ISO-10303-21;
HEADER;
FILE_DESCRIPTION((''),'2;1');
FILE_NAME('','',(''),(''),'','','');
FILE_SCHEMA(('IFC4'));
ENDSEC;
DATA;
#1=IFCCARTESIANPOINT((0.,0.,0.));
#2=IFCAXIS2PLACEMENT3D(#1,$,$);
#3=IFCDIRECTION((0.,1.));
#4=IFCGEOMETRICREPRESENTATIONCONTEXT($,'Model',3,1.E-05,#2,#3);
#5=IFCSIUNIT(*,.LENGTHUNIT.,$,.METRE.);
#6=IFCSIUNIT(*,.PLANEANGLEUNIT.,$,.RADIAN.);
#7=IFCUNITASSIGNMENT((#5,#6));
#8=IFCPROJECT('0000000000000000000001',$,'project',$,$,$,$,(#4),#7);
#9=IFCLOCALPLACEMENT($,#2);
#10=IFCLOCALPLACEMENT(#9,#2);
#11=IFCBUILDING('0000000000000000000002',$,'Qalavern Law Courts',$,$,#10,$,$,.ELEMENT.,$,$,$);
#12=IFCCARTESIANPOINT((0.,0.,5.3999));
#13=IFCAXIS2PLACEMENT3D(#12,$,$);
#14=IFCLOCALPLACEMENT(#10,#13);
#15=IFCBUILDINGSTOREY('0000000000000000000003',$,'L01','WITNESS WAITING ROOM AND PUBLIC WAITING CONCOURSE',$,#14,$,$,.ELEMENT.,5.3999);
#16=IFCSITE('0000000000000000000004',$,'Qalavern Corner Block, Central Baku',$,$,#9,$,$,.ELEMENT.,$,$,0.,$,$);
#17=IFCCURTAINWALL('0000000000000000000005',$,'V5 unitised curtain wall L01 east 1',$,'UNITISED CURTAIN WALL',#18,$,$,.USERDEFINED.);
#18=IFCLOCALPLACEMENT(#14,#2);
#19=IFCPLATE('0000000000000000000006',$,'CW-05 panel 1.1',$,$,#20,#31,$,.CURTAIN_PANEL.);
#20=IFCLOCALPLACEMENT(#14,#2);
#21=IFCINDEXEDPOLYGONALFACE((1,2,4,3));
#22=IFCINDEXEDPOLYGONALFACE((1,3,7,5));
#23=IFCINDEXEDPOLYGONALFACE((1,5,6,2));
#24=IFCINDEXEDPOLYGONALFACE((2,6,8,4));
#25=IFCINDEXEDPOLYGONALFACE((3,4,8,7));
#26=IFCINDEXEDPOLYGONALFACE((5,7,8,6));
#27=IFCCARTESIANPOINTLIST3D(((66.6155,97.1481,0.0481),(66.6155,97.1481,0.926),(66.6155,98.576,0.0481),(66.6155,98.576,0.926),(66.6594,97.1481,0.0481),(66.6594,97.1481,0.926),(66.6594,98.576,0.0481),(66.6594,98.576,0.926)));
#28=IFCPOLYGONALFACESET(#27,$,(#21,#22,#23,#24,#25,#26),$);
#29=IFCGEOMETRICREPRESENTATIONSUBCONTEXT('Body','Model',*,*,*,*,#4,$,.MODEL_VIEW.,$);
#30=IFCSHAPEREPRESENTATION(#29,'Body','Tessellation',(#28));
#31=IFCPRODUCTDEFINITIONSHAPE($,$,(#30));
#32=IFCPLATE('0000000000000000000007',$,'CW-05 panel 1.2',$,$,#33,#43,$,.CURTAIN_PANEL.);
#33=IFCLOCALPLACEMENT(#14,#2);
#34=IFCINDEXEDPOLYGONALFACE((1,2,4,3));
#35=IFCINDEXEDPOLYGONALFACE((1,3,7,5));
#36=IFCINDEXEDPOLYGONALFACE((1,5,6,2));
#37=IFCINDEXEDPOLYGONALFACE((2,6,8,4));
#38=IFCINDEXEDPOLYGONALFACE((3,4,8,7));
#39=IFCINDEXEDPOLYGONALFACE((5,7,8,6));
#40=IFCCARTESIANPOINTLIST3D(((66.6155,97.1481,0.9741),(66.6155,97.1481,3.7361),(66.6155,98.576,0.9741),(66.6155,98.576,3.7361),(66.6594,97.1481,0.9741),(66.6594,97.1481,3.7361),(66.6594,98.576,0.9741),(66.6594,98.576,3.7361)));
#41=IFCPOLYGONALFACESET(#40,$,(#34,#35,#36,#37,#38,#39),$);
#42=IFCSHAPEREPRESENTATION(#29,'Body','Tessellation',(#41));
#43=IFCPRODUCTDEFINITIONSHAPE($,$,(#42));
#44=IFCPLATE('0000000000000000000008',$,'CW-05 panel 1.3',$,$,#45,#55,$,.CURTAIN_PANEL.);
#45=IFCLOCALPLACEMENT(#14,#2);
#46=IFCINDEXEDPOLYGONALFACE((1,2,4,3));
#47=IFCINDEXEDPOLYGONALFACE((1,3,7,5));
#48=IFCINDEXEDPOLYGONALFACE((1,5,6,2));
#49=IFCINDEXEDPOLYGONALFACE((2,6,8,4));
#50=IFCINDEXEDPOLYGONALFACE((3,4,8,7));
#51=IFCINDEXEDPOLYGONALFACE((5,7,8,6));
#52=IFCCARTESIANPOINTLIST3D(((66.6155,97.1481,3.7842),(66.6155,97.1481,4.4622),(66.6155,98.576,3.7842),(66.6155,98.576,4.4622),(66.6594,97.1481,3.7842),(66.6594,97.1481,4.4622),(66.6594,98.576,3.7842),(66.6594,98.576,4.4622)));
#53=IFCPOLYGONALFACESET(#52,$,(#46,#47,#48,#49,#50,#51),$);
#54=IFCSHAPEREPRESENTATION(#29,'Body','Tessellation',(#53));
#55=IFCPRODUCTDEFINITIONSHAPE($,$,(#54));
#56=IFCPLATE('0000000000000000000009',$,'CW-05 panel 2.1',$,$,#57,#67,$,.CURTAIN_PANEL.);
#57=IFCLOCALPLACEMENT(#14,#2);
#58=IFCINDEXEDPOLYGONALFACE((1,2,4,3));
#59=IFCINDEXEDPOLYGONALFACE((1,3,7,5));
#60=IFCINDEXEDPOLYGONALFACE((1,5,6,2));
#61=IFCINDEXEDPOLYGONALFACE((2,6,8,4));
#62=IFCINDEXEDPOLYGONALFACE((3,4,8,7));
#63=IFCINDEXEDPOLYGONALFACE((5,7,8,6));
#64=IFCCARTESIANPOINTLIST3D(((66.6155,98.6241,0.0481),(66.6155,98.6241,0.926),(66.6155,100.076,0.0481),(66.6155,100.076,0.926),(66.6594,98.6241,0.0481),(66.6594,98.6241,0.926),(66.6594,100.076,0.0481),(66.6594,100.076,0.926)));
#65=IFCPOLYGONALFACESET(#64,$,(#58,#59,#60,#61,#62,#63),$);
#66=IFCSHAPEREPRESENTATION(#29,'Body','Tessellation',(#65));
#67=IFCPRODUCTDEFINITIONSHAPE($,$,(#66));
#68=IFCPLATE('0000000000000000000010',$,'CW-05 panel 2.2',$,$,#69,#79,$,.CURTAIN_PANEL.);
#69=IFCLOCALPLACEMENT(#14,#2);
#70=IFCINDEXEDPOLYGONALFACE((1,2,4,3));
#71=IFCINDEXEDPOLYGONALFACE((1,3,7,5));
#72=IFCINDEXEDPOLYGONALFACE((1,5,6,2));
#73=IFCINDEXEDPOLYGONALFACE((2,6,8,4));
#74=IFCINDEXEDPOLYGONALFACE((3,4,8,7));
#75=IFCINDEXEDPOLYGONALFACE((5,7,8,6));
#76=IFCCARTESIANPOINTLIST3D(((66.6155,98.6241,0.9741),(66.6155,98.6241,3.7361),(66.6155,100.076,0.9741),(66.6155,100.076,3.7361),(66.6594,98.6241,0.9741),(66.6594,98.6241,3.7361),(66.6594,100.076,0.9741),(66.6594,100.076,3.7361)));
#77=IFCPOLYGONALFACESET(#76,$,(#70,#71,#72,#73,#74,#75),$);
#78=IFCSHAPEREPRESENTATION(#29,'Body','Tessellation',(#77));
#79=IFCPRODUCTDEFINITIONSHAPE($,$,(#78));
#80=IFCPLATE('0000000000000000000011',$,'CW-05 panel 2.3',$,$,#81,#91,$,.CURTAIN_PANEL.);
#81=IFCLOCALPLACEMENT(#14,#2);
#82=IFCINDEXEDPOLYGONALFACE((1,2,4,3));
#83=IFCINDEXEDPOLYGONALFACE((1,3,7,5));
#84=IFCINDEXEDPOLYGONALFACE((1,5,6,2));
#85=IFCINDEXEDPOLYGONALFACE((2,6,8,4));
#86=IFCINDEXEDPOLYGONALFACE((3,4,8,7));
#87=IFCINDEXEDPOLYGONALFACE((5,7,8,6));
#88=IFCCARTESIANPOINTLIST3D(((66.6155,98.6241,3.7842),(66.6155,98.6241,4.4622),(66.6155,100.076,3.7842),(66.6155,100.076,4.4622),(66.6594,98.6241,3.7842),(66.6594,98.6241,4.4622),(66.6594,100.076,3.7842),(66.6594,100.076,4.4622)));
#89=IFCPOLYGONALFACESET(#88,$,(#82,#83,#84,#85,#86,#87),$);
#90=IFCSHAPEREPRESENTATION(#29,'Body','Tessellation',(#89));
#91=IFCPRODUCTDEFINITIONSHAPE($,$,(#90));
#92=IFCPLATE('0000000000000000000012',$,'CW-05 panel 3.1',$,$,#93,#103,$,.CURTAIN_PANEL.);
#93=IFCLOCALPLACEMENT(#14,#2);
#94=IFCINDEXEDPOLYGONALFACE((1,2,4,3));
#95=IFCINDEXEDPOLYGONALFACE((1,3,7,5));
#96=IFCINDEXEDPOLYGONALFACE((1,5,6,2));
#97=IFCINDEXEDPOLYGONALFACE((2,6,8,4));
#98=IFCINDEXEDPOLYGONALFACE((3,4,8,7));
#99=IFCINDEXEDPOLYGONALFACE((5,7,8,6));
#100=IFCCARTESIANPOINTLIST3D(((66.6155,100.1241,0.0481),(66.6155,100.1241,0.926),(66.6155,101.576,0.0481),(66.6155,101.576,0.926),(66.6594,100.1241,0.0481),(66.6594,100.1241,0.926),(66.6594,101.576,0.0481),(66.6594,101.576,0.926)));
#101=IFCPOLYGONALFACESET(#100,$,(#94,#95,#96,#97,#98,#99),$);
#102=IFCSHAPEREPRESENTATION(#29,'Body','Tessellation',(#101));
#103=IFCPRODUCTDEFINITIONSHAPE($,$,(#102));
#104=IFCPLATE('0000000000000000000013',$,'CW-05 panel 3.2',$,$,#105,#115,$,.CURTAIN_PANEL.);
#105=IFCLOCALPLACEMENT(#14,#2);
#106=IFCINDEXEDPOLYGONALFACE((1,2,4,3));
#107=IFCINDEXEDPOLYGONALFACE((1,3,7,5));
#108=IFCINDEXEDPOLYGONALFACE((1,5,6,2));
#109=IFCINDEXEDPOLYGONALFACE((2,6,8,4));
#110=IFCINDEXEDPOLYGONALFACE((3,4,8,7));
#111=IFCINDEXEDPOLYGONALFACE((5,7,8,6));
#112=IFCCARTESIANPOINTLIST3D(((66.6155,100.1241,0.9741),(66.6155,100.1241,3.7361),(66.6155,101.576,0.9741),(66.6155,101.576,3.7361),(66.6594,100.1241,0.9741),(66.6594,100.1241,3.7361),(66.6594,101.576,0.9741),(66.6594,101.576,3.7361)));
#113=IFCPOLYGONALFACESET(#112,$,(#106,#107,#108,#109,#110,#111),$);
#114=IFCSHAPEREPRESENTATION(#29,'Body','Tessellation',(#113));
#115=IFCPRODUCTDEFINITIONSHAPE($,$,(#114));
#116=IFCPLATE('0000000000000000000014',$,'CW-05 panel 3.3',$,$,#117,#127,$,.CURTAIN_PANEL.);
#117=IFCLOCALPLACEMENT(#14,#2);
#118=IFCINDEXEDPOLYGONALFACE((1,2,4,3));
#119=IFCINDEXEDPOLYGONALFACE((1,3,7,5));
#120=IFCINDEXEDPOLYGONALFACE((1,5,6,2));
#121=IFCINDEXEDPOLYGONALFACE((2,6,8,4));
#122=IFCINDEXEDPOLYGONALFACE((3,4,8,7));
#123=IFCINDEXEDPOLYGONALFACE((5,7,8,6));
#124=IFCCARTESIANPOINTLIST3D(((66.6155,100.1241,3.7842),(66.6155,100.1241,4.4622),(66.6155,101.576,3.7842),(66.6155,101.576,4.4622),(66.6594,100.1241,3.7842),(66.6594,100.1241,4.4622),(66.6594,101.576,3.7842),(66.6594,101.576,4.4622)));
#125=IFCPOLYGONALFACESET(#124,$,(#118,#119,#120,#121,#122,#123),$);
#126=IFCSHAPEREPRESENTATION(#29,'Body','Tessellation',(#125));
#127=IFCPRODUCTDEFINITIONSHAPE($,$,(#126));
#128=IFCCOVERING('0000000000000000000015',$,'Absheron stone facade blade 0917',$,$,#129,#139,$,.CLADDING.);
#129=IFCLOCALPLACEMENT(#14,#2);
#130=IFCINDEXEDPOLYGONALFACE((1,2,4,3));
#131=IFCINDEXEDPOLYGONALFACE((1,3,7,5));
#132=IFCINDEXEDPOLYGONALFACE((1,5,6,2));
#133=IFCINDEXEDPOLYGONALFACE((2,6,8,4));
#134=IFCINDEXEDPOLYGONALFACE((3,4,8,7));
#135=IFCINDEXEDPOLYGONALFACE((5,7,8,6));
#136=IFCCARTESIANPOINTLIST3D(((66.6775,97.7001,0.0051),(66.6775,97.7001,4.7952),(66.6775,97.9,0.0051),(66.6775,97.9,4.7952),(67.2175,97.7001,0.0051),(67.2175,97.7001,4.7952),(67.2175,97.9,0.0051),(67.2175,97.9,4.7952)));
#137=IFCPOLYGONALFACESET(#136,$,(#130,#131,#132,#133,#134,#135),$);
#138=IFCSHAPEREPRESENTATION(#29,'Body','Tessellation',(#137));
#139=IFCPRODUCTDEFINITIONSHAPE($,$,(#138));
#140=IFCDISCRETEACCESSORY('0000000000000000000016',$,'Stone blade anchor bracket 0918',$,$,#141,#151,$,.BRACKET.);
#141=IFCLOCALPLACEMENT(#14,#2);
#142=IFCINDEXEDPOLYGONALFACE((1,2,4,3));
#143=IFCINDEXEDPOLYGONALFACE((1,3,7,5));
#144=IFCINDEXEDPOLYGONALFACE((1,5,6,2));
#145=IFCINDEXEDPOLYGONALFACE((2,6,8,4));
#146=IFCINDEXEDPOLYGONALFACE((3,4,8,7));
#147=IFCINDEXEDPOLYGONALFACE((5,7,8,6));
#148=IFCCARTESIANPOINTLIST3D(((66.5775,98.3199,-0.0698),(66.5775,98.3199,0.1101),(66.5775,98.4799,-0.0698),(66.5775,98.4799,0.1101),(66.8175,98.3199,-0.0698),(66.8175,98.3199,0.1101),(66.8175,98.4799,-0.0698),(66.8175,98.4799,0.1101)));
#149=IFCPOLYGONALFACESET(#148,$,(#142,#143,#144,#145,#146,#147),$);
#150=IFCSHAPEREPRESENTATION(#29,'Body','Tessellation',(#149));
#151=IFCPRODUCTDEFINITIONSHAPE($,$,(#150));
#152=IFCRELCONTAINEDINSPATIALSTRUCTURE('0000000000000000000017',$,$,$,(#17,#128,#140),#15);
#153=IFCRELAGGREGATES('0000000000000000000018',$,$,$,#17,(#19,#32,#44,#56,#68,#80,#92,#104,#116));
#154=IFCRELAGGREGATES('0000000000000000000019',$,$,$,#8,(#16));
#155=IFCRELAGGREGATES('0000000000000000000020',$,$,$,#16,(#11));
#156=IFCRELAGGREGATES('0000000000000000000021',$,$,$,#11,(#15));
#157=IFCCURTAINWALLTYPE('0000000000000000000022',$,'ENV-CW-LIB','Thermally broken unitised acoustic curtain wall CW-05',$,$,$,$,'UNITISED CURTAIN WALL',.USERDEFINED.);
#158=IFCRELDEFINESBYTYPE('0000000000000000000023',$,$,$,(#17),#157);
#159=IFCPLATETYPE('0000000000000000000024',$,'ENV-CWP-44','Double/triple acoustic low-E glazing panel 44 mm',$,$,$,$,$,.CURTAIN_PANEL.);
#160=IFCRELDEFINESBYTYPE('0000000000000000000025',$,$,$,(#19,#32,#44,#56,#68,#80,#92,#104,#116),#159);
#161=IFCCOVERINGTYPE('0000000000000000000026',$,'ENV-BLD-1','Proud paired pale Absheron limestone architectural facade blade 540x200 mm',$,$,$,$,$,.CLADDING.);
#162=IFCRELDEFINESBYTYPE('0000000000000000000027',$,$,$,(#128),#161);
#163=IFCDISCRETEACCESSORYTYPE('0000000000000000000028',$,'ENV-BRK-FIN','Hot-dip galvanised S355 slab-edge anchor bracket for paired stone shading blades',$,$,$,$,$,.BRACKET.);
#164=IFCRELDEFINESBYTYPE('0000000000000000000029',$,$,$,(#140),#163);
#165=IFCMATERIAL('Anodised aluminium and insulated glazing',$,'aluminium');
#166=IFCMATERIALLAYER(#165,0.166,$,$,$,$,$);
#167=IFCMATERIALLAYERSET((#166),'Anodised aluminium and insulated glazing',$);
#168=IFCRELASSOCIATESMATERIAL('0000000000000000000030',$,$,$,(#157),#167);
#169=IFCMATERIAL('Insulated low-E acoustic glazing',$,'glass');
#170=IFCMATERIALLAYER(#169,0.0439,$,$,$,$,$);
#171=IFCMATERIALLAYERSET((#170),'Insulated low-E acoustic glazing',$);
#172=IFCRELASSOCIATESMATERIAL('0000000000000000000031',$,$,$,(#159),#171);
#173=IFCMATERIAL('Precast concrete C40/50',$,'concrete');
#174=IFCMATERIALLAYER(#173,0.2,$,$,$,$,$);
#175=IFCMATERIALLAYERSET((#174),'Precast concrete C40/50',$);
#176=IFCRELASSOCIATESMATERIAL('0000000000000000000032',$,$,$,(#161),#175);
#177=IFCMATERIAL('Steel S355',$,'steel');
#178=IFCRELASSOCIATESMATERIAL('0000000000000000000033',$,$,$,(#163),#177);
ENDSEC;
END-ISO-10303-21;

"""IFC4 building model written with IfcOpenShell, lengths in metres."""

from ifc_helpers import new_model, si_unit, direction, frame, origin, origin_2d, place, context, subcontext, project, spatial, rectangle, extrude, material, layer, layer_set, type_object, element, aggregate, save


model = new_model("IFC4")

# Units and contexts
model_context = context("Model", 3, precision=1e-05, world=origin(), true_north=direction((0.0, 1.0)))
body_context = subcontext(model_context, "Body", "Model", "MODEL_VIEW")
ifc_project = project(units=[si_unit("LENGTHUNIT", "METRE"), si_unit("PLANEANGLEUNIT", "RADIAN")], contexts=[model_context])

# Site, building, storey
site_placement = place(None, origin())
site = spatial("IfcSite", under=ifc_project, at=site_placement, Name="Qalavern Corner Block, Central Baku", CompositionType="ELEMENT", RefElevation=0.0)
building_placement = place(site_placement, origin())
building = spatial("IfcBuilding", under=site, at=building_placement, Name="Qalavern Law Courts", CompositionType="ELEMENT")
storey_placement = place(building_placement, frame((0.0, 0.0, 5.3999)))
storey = spatial("IfcBuildingStorey", under=building, at=storey_placement, Name="L01", Description="WITNESS WAITING ROOM AND PUBLIC WAITING CONCOURSE", CompositionType="ELEMENT", Elevation=5.3999)

# Curtain wall, plates
ifc_material_1 = material(Name="Anodised aluminium and insulated glazing", Category="aluminium")
ifc_layer_1 = layer(ifc_material_1, 0.166)
ifc_layer_set_1 = layer_set([ifc_layer_1], Name="Anodised aluminium and insulated glazing")
curtain_wall_type = type_object("IfcCurtainWallType", Name="ENV-CW-LIB", Description="Thermally broken unitised acoustic curtain wall CW-05", ElementType="UNITISED CURTAIN WALL", PredefinedType="USERDEFINED", material=ifc_layer_set_1)
curtain_wall_placement = place(storey_placement, origin())
curtain_wall = element("IfcCurtainWall", 1, at=curtain_wall_placement, inside=storey, type_object=curtain_wall_type, Name="V5 unitised curtain wall L01 east 1", ObjectType="UNITISED CURTAIN WALL", PredefinedType="USERDEFINED")
ifc_material_2 = material(Name="Insulated low-E acoustic glazing", Category="glass")
ifc_layer_2 = layer(ifc_material_2, 0.0439)
ifc_layer_set_2 = layer_set([ifc_layer_2], Name="Insulated low-E acoustic glazing")
plate_type = type_object("IfcPlateType", Name="ENV-CWP-44", Description="Double/triple acoustic low-E glazing panel 44 mm", PredefinedType="CURTAIN_PANEL", material=ifc_layer_set_2)
plate_1_placement = place(storey_placement, frame((66.6375, 97.8621, 0.0481), z_axis=(0.0, 0.0, 1.0), x_axis=(0.0, 1.0, 0.0)))
plate_1 = element("IfcPlate", 2, at=plate_1_placement, type_object=plate_type, Name="CW-05 panel 1.1", PredefinedType="CURTAIN_PANEL", context=body_context, shape_type="SweptSolid", body=[
    extrude(rectangle(XDim=1.428, YDim=0.0439, at=origin_2d()), origin(), (0.0, 0.0, 1.0), 0.8779),
])
plate_2_placement = place(storey_placement, frame((66.6375, 97.8621, 0.9741), z_axis=(0.0, 0.0, 1.0), x_axis=(0.0, 1.0, 0.0)))
plate_2 = element("IfcPlate", 3, at=plate_2_placement, type_object=plate_type, Name="CW-05 panel 1.2", PredefinedType="CURTAIN_PANEL", context=body_context, shape_type="SweptSolid", body=[
    extrude(rectangle(XDim=1.428, YDim=0.0439, at=origin_2d()), origin(), (0.0, 0.0, 1.0), 2.762),
])
plate_3_placement = place(storey_placement, frame((66.6375, 97.8621, 3.7842), z_axis=(0.0, 0.0, 1.0), x_axis=(0.0, 1.0, 0.0)))
plate_3 = element("IfcPlate", 4, at=plate_3_placement, type_object=plate_type, Name="CW-05 panel 1.3", PredefinedType="CURTAIN_PANEL", context=body_context, shape_type="SweptSolid", body=[
    extrude(rectangle(XDim=1.428, YDim=0.0439, at=origin_2d()), origin(), (0.0, 0.0, 1.0), 0.678),
])
plate_4_placement = place(storey_placement, frame((66.6375, 99.3501, 0.0481), z_axis=(0.0, 0.0, 1.0), x_axis=(0.0, 1.0, 0.0)))
plate_4 = element("IfcPlate", 5, at=plate_4_placement, type_object=plate_type, Name="CW-05 panel 2.1", PredefinedType="CURTAIN_PANEL", context=body_context, shape_type="SweptSolid", body=[
    extrude(rectangle(XDim=1.4519, YDim=0.0439, at=origin_2d()), origin(), (0.0, 0.0, 1.0), 0.8779),
])
plate_5_placement = place(storey_placement, frame((66.6375, 99.3501, 0.9741), z_axis=(0.0, 0.0, 1.0), x_axis=(0.0, 1.0, 0.0)))
plate_5 = element("IfcPlate", 6, at=plate_5_placement, type_object=plate_type, Name="CW-05 panel 2.2", PredefinedType="CURTAIN_PANEL", context=body_context, shape_type="SweptSolid", body=[
    extrude(rectangle(XDim=1.4519, YDim=0.0439, at=origin_2d()), origin(), (0.0, 0.0, 1.0), 2.762),
])
plate_6_placement = place(storey_placement, frame((66.6375, 99.3501, 3.7842), z_axis=(0.0, 0.0, 1.0), x_axis=(0.0, 1.0, 0.0)))
plate_6 = element("IfcPlate", 7, at=plate_6_placement, type_object=plate_type, Name="CW-05 panel 2.3", PredefinedType="CURTAIN_PANEL", context=body_context, shape_type="SweptSolid", body=[
    extrude(rectangle(XDim=1.4519, YDim=0.0439, at=origin_2d()), origin(), (0.0, 0.0, 1.0), 0.678),
])
plate_7_placement = place(storey_placement, frame((66.6375, 100.8501, 0.0481), z_axis=(0.0, 0.0, 1.0), x_axis=(0.0, 1.0, 0.0)))
plate_7 = element("IfcPlate", 8, at=plate_7_placement, type_object=plate_type, Name="CW-05 panel 3.1", PredefinedType="CURTAIN_PANEL", context=body_context, shape_type="SweptSolid", body=[
    extrude(rectangle(XDim=1.4519, YDim=0.0439, at=origin_2d()), origin(), (0.0, 0.0, 1.0), 0.8779),
])
plate_8_placement = place(storey_placement, frame((66.6375, 100.8501, 0.9741), z_axis=(0.0, 0.0, 1.0), x_axis=(0.0, 1.0, 0.0)))
plate_8 = element("IfcPlate", 9, at=plate_8_placement, type_object=plate_type, Name="CW-05 panel 3.2", PredefinedType="CURTAIN_PANEL", context=body_context, shape_type="SweptSolid", body=[
    extrude(rectangle(XDim=1.4519, YDim=0.0439, at=origin_2d()), origin(), (0.0, 0.0, 1.0), 2.762),
])
plate_9_placement = place(storey_placement, frame((66.6375, 100.8501, 3.7842), z_axis=(0.0, 0.0, 1.0), x_axis=(0.0, 1.0, 0.0)))
plate_9 = element("IfcPlate", 10, at=plate_9_placement, type_object=plate_type, Name="CW-05 panel 3.3", PredefinedType="CURTAIN_PANEL", context=body_context, shape_type="SweptSolid", body=[
    extrude(rectangle(XDim=1.4519, YDim=0.0439, at=origin_2d()), origin(), (0.0, 0.0, 1.0), 0.678),
])
aggregate(curtain_wall, [plate_1, plate_2, plate_3, plate_4, plate_5, plate_6, plate_7, plate_8, plate_9])

# Covering
ifc_material_3 = material(Name="Precast concrete C40/50", Category="concrete")
ifc_layer_3 = layer(ifc_material_3, 0.2)
ifc_layer_set_3 = layer_set([ifc_layer_3], Name="Precast concrete C40/50")
covering_type = type_object("IfcCoveringType", Name="ENV-BLD-1", Description="Proud paired pale Absheron limestone architectural facade blade 540x200 mm", PredefinedType="CLADDING", material=ifc_layer_set_3)
covering_placement = place(storey_placement, frame((66.9475, 97.8, 0.0051), z_axis=(0.0, 0.0, 1.0), x_axis=(1.0, 0.0, 0.0)))
element("IfcCovering", 11, at=covering_placement, inside=storey, type_object=covering_type, Name="Absheron stone facade blade 0917", PredefinedType="CLADDING", context=body_context, shape_type="SweptSolid", body=[
    extrude(rectangle(XDim=0.54, YDim=0.2, at=origin_2d()), origin(), (0.0, 0.0, 1.0), 4.79),
])

# Discrete accessory
ifc_material_4 = material(Name="Steel S355", Category="steel")
discrete_accessory_type = type_object("IfcDiscreteAccessoryType", Name="ENV-BRK-FIN", Description="Hot-dip galvanised S355 slab-edge anchor bracket for paired stone shading blades", PredefinedType="BRACKET", material=ifc_material_4)
discrete_accessory_placement = place(storey_placement, frame((66.6975, 98.3999, -0.0698), z_axis=(0.0, 0.0, 1.0), x_axis=(1.0, 0.0, 0.0)))
element("IfcDiscreteAccessory", 12, at=discrete_accessory_placement, inside=storey, type_object=discrete_accessory_type, Name="Stone blade anchor bracket 0918", PredefinedType="BRACKET", context=body_context, shape_type="SweptSolid", body=[
    extrude(rectangle(XDim=0.24, YDim=0.1599, at=origin_2d()), origin(), (0.0, 0.0, 1.0), 0.1799),
])

save(model, "model.ifc")
